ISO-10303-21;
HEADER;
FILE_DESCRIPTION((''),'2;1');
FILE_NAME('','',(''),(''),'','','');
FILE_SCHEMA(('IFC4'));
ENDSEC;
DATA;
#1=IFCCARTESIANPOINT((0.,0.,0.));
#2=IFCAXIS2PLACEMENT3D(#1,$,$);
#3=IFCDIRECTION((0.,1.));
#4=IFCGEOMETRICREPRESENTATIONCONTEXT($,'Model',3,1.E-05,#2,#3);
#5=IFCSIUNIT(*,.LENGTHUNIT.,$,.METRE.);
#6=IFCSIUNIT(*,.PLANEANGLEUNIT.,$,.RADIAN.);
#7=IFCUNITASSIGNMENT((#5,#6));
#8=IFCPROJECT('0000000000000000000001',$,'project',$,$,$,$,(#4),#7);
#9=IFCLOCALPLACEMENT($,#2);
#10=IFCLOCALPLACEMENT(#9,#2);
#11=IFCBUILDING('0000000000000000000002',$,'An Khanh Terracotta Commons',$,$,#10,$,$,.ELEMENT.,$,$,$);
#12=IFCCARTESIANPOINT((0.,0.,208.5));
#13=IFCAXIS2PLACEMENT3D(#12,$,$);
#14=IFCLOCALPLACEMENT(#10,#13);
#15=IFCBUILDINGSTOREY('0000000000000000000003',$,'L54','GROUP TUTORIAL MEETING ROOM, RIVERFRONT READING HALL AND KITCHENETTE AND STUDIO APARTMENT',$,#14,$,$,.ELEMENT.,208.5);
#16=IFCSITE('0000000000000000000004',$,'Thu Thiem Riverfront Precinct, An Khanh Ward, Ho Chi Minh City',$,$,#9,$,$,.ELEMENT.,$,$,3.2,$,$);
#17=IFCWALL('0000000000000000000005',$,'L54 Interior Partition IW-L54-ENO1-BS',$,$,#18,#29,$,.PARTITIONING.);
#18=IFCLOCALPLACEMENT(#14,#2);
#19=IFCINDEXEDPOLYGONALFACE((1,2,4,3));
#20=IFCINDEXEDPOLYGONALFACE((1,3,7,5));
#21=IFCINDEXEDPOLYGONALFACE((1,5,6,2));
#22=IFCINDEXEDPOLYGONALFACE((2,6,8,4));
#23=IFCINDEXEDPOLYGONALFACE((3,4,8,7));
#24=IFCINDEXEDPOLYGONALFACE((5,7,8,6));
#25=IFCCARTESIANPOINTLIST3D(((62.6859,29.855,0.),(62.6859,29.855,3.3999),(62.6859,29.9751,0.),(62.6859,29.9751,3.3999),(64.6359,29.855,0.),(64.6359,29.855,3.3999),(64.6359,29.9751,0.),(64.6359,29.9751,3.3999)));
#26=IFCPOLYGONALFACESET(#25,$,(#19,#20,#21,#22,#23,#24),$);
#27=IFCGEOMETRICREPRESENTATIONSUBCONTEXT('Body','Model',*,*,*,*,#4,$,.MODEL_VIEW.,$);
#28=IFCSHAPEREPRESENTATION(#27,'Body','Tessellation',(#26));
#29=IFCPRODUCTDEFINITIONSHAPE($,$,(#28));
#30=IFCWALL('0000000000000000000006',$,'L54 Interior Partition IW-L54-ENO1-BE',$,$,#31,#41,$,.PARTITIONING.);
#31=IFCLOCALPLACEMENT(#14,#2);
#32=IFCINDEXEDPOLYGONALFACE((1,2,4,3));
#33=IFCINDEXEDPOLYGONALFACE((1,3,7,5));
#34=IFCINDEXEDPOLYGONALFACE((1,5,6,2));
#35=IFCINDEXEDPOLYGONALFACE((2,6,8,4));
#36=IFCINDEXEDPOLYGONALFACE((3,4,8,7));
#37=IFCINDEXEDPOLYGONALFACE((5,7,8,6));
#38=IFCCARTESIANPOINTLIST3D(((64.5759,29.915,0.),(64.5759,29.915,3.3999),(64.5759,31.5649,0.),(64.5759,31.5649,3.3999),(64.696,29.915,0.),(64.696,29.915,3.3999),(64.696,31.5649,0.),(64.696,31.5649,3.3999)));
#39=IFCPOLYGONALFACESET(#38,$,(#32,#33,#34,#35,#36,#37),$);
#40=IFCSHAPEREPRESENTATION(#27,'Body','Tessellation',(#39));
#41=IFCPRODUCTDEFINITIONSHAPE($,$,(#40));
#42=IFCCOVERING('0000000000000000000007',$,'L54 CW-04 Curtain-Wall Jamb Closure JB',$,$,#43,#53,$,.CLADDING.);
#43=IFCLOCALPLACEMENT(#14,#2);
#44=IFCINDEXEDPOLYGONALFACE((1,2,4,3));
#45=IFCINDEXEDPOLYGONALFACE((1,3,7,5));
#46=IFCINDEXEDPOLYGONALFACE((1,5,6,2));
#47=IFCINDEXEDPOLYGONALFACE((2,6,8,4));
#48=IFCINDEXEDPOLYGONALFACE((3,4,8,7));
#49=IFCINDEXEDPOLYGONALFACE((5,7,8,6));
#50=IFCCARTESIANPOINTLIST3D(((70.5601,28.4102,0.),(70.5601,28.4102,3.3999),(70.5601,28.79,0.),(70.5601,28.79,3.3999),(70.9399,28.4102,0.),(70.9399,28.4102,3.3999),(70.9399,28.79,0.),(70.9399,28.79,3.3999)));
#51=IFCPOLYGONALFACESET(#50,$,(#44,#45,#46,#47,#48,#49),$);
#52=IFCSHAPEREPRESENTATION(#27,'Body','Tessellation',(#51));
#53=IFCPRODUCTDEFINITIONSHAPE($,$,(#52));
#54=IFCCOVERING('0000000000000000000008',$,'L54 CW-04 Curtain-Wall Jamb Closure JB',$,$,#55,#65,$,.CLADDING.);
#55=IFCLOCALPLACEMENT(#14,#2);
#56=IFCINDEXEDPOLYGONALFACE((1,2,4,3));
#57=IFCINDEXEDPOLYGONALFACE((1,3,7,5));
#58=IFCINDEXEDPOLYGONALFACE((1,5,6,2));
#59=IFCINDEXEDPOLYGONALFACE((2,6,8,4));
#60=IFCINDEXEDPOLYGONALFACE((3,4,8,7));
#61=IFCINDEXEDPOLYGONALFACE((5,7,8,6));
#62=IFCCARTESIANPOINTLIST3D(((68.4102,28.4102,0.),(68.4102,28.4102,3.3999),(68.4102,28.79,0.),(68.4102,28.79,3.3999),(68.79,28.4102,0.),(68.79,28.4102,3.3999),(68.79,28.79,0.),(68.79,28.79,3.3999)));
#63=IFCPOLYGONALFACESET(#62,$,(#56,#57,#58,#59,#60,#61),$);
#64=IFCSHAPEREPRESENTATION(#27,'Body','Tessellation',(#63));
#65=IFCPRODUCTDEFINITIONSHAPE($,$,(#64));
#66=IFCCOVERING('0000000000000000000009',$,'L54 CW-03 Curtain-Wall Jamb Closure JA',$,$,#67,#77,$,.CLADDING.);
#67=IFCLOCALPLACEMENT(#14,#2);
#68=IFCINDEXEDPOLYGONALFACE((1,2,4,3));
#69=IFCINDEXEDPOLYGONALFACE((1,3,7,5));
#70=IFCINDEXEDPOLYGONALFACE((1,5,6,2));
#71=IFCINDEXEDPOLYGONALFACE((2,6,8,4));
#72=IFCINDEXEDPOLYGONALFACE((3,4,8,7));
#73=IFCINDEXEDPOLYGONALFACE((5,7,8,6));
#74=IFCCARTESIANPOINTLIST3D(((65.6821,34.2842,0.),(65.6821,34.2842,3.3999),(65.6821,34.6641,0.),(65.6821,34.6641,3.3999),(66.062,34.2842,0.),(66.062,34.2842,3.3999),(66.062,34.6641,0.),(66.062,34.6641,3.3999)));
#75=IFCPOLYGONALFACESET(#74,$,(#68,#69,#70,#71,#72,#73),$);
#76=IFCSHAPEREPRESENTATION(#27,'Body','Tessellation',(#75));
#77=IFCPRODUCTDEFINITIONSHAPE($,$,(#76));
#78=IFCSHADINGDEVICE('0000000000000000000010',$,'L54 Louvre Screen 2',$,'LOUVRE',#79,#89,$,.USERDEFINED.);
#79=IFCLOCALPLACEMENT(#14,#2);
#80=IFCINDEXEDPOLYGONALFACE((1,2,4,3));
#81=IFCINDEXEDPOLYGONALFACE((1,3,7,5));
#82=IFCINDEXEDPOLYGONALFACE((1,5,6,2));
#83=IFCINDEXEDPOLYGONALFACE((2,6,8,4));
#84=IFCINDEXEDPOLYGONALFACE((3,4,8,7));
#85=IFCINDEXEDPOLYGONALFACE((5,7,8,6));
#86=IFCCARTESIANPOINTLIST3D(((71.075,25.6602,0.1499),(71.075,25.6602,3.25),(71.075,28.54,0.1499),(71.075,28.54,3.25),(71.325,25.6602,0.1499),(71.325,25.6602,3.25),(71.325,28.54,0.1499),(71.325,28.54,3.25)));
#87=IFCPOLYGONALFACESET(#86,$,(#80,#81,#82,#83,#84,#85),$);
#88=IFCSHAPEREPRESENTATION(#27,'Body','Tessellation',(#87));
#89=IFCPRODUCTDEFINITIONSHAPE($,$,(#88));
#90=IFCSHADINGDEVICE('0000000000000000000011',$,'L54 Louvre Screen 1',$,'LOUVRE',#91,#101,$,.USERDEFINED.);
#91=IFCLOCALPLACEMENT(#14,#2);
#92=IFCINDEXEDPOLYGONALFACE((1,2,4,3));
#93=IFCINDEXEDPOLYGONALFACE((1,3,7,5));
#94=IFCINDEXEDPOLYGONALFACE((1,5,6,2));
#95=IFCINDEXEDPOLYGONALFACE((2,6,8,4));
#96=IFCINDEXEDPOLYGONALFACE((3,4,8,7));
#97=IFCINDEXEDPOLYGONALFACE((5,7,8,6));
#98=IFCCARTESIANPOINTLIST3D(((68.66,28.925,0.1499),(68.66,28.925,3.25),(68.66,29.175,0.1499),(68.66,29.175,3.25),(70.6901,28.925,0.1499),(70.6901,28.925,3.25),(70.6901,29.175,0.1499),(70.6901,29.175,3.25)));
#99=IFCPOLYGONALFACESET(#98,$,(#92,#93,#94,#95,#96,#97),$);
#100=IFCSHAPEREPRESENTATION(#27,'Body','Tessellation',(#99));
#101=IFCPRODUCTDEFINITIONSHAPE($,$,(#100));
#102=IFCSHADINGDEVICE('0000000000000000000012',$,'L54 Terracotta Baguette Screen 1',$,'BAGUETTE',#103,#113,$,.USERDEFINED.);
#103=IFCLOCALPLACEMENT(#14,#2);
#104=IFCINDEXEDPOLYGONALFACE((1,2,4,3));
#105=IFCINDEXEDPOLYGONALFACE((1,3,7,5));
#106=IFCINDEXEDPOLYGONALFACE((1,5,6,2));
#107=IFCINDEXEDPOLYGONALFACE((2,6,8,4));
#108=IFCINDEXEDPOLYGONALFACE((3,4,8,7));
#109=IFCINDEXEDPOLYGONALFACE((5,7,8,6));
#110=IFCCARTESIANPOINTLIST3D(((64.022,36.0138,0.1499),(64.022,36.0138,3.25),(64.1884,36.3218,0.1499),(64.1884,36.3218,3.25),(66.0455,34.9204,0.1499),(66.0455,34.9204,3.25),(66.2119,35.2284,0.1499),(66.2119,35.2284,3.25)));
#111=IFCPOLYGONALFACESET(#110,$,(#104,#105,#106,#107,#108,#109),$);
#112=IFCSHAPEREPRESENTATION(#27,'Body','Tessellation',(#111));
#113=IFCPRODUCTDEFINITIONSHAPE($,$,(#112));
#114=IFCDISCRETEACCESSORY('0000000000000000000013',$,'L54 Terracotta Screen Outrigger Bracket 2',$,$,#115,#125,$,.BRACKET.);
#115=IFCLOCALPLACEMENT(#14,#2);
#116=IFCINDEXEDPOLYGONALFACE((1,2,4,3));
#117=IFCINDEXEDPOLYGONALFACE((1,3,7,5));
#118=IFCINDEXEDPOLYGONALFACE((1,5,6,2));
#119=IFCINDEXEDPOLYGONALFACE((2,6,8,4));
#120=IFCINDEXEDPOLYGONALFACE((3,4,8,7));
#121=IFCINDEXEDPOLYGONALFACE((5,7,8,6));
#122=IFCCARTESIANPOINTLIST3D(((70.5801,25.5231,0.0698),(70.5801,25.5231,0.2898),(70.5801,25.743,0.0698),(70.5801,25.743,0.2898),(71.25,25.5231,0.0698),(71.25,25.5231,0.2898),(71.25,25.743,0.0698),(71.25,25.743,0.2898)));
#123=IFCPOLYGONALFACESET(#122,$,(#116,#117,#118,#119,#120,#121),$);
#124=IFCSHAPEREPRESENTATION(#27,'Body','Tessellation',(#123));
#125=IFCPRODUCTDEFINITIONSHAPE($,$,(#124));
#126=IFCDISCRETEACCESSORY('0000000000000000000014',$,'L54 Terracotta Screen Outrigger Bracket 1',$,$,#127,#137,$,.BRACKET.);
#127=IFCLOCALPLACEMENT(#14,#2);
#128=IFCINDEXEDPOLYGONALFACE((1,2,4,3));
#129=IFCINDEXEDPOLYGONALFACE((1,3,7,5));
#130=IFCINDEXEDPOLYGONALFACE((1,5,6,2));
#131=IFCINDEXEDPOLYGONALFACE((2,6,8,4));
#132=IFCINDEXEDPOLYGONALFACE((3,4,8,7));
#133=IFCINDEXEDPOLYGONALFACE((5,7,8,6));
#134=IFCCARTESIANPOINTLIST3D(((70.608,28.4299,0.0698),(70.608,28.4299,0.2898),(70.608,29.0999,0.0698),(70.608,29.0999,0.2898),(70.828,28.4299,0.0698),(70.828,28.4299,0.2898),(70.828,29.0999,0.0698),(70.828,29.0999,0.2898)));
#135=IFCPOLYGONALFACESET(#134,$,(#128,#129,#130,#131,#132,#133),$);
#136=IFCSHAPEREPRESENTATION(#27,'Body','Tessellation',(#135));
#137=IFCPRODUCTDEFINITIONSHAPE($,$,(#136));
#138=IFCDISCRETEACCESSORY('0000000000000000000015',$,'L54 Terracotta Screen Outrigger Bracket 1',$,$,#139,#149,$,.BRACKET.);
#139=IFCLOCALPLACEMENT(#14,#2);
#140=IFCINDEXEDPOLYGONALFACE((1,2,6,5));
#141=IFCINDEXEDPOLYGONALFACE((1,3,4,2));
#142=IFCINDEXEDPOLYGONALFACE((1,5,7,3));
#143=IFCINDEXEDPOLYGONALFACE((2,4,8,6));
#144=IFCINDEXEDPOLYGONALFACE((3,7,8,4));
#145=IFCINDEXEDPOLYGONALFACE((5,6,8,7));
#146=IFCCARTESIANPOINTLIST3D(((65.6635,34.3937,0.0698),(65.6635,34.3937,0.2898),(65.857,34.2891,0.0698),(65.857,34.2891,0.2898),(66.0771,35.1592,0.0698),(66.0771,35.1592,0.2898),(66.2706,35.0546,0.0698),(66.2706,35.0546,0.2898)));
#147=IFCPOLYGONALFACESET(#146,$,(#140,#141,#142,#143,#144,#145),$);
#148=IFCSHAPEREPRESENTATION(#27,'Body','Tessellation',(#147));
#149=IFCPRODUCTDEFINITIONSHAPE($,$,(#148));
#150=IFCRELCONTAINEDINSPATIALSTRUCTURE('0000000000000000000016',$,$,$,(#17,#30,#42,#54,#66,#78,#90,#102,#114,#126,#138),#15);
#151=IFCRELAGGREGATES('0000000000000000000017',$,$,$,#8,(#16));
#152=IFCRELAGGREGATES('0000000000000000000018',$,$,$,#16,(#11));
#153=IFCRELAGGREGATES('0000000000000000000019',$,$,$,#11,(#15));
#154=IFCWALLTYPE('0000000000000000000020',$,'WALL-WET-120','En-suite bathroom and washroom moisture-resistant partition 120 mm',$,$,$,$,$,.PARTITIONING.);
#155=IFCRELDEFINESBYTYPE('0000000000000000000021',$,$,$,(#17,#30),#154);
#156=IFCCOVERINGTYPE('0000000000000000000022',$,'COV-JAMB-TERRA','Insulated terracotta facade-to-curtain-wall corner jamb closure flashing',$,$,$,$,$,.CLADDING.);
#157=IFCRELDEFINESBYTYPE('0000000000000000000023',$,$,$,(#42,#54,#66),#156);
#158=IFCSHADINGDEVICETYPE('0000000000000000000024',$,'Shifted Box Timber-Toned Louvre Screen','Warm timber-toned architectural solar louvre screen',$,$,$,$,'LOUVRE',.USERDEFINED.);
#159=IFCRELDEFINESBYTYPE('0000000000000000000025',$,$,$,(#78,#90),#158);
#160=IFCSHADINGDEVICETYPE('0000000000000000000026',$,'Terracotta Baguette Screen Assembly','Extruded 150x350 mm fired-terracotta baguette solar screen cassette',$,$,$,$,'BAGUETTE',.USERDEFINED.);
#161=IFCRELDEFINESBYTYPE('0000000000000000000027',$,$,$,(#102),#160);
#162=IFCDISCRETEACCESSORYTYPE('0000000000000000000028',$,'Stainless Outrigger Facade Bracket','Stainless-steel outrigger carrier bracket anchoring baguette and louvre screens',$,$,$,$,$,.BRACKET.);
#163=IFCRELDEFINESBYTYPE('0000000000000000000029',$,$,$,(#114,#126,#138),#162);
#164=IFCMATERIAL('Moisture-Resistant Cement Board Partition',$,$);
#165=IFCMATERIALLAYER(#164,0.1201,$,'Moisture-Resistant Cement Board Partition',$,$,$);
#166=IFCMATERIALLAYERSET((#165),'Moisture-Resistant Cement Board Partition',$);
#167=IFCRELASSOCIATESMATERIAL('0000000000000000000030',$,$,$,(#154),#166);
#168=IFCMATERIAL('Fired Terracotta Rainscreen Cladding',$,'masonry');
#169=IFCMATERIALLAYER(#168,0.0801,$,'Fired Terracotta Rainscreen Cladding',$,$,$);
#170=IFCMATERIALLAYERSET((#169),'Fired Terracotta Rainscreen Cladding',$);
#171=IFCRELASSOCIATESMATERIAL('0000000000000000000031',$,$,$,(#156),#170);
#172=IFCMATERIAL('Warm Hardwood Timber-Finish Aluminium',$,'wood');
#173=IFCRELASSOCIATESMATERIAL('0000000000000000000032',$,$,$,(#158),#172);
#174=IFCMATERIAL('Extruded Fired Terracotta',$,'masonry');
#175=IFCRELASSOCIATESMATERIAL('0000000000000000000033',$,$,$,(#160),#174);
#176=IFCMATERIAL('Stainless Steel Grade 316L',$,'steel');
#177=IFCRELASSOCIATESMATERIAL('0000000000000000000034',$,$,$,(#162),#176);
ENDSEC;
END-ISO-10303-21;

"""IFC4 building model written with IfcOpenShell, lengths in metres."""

from ifc_helpers import new_model, si_unit, direction, frame, frame_2d, origin, origin_2d, place, context, subcontext, project, spatial, rectangle, extrude, material, layer, layer_set, type_object, element, save


model = new_model("IFC4")

# Units and contexts
model_context = context("Model", 3, precision=1e-05, world=origin(), true_north=direction((0.0, 1.0)))
body_context = subcontext(model_context, "Body", "Model", "MODEL_VIEW")
ifc_project = project(units=[si_unit("LENGTHUNIT", "METRE"), si_unit("PLANEANGLEUNIT", "RADIAN")], contexts=[model_context])

# Site, building, storey
site_placement = place(None, origin())
site = spatial("IfcSite", under=ifc_project, at=site_placement, Name="Thu Thiem Riverfront Precinct, An Khanh Ward, Ho Chi Minh City", CompositionType="ELEMENT", RefElevation=3.2)
building_placement = place(site_placement, origin())
building = spatial("IfcBuilding", under=site, at=building_placement, Name="An Khanh Terracotta Commons", CompositionType="ELEMENT")
storey_placement = place(building_placement, frame((0.0, 0.0, 208.5)))
storey = spatial("IfcBuildingStorey", under=building, at=storey_placement, Name="L54", Description="GROUP TUTORIAL MEETING ROOM, RIVERFRONT READING HALL AND KITCHENETTE AND STUDIO APARTMENT", CompositionType="ELEMENT", Elevation=208.5)

# Walls
ifc_material_1 = material(Name="Moisture-Resistant Cement Board Partition")
ifc_layer_1 = layer(ifc_material_1, 0.1201, Name="Moisture-Resistant Cement Board Partition")
ifc_layer_set_1 = layer_set([ifc_layer_1], Name="Moisture-Resistant Cement Board Partition")
wall_type_1 = type_object("IfcWallType", Name="WALL-WET-120", Description="En-suite bathroom and washroom moisture-resistant partition 120 mm", PredefinedType="PARTITIONING", material=ifc_layer_set_1)
wall_1_placement = place(storey_placement, frame((64.636, 29.915, 0.0), z_axis=(0.0, 0.0, 1.0), x_axis=(-1.0, 0.0, 0.0)))
element("IfcWall", 1, at=wall_1_placement, inside=storey, type_object=wall_type_1, Name="L54 Interior Partition IW-L54-ENO1-BS", PredefinedType="PARTITIONING", context=body_context, shape_type="SweptSolid", body=[
    extrude(rectangle(XDim=1.95, YDim=0.1201, at=frame_2d((0.9751, 0.0))), origin(), (0.0, 0.0, 1.0), 3.3999),
])
wall_2_placement = place(storey_placement, frame((64.636, 29.915, 0.0), z_axis=(0.0, 0.0, 1.0), x_axis=(0.0, 1.0, 0.0)))
element("IfcWall", 2, at=wall_2_placement, inside=storey, type_object=wall_type_1, Name="L54 Interior Partition IW-L54-ENO1-BE", PredefinedType="PARTITIONING", context=body_context, shape_type="SweptSolid", body=[
    extrude(rectangle(XDim=1.6499, YDim=0.1201, at=frame_2d((0.825, 0.0))), origin(), (0.0, 0.0, 1.0), 3.3999),
])

# Coverings
ifc_material_2 = material(Name="Fired Terracotta Rainscreen Cladding", Category="masonry")
ifc_layer_2 = layer(ifc_material_2, 0.0801, Name="Fired Terracotta Rainscreen Cladding")
ifc_layer_set_2 = layer_set([ifc_layer_2], Name="Fired Terracotta Rainscreen Cladding")
covering_type = type_object("IfcCoveringType", Name="COV-JAMB-TERRA", Description="Insulated terracotta facade-to-curtain-wall corner jamb closure flashing", PredefinedType="CLADDING", material=ifc_layer_set_2)
for number, where, z_axis, x_axis, name in (
    (3, (70.75, 28.6001, 0.0), (0.0, 0.0, 1.0), (1.0, 0.0, 0.0), "L54 CW-04 Curtain-Wall Jamb Closure JB"),
    (4, (68.6001, 28.6001, 0.0), (0.0, 0.0, 1.0), (1.0, 0.0, 0.0), "L54 CW-04 Curtain-Wall Jamb Closure JB"),
    (5, (65.8721, 34.4741, 0.0), (0.0, 0.0, 1.0), (1.0, 0.0, 0.0), "L54 CW-03 Curtain-Wall Jamb Closure JA"),
):
    element("IfcCovering", number, at=place(storey_placement, frame(where, z_axis=z_axis, x_axis=x_axis)), inside=storey, type_object=covering_type, Name=name, PredefinedType="CLADDING", context=body_context, shape_type="SweptSolid", body=[
        extrude(rectangle(XDim=0.3799, YDim=0.3799, at=origin_2d()), origin(), (0.0, 0.0, 1.0), 3.3999),
    ])

# Shading devices
ifc_material_3 = material(Name="Warm Hardwood Timber-Finish Aluminium", Category="wood")
shading_device_type_1 = type_object("IfcShadingDeviceType", Name="Shifted Box Timber-Toned Louvre Screen", Description="Warm timber-toned architectural solar louvre screen", ElementType="LOUVRE", PredefinedType="USERDEFINED", material=ifc_material_3)
shading_device_1_placement = place(storey_placement, frame((71.2, 27.1001, 0.1499), z_axis=(0.0, 0.0, 1.0), x_axis=(0.0, 1.0, 0.0)))
element("IfcShadingDevice", 6, at=shading_device_1_placement, inside=storey, type_object=shading_device_type_1, Name="L54 Louvre Screen 2", ObjectType="LOUVRE", PredefinedType="USERDEFINED", context=body_context, shape_type="SweptSolid", body=[
    extrude(rectangle(XDim=2.8799, YDim=0.25, at=origin_2d()), origin(), (0.0, 0.0, 1.0), 3.1001),
])
shading_device_2_placement = place(storey_placement, frame((69.675, 29.05, 0.1499), z_axis=(0.0, 0.0, 1.0), x_axis=(-1.0, 0.0, 0.0)))
element("IfcShadingDevice", 7, at=shading_device_2_placement, inside=storey, type_object=shading_device_type_1, Name="L54 Louvre Screen 1", ObjectType="LOUVRE", PredefinedType="USERDEFINED", context=body_context, shape_type="SweptSolid", body=[
    extrude(rectangle(XDim=2.03, YDim=0.25, at=origin_2d()), origin(), (0.0, 0.0, 1.0), 3.1001),
])
ifc_material_4 = material(Name="Extruded Fired Terracotta", Category="masonry")
shading_device_type_2 = type_object("IfcShadingDeviceType", Name="Terracotta Baguette Screen Assembly", Description="Extruded 150x350 mm fired-terracotta baguette solar screen cassette", ElementType="BAGUETTE", PredefinedType="USERDEFINED", material=ifc_material_4)
shading_device_3_placement = place(storey_placement, frame((65.1169, 35.6211, 0.1499), z_axis=(0.0, 0.0, 1.0), x_axis=(-0.87978, 0.475381, 0.0)))
element("IfcShadingDevice", 8, at=shading_device_3_placement, inside=storey, type_object=shading_device_type_2, Name="L54 Terracotta Baguette Screen 1", ObjectType="BAGUETTE", PredefinedType="USERDEFINED", context=body_context, shape_type="SweptSolid", body=[
    extrude(rectangle(XDim=2.3, YDim=0.3501, at=origin_2d()), origin(), (0.0, 0.0, 1.0), 3.1001),
])

# Discrete accessories
ifc_material_5 = material(Name="Stainless Steel Grade 316L", Category="steel")
discrete_accessory_type = type_object("IfcDiscreteAccessoryType", Name="Stainless Outrigger Facade Bracket", Description="Stainless-steel outrigger carrier bracket anchoring baguette and louvre screens", PredefinedType="BRACKET", material=ifc_material_5)
for number, where, z_axis, x_axis, name in (
    (9, (70.915, 25.6331, 0.0698), (0.0, 0.0, 1.0), (0.0, 1.0, 0.0), "L54 Terracotta Screen Outrigger Bracket 2"),
    (10, (70.718, 28.7649, 0.0698), (0.0, 0.0, 1.0), (-1.0, 0.0, 0.0), "L54 Terracotta Screen Outrigger Bracket 1"),
):
    element("IfcDiscreteAccessory", number, at=place(storey_placement, frame(where, z_axis=z_axis, x_axis=x_axis)), inside=storey, type_object=discrete_accessory_type, Name=name, PredefinedType="BRACKET", context=body_context, shape_type="SweptSolid", body=[
        extrude(rectangle(XDim=0.22, YDim=0.6699, at=origin_2d()), origin(), (0.0, 0.0, 1.0), 0.22),
    ])
discrete_accessory_placement = place(storey_placement, frame((65.967, 34.7241, 0.0698), z_axis=(0.0, 0.0, 1.0), x_axis=(-0.87978, 0.475381, 0.0)))
element("IfcDiscreteAccessory", 11, at=discrete_accessory_placement, inside=storey, type_object=discrete_accessory_type, Name="L54 Terracotta Screen Outrigger Bracket 1", PredefinedType="BRACKET", context=body_context, shape_type="SweptSolid", body=[
    extrude(rectangle(XDim=0.22, YDim=0.8701, at=origin_2d()), origin(), (0.0, 0.0, 1.0), 0.22),
])

save(model, "model.ifc")
